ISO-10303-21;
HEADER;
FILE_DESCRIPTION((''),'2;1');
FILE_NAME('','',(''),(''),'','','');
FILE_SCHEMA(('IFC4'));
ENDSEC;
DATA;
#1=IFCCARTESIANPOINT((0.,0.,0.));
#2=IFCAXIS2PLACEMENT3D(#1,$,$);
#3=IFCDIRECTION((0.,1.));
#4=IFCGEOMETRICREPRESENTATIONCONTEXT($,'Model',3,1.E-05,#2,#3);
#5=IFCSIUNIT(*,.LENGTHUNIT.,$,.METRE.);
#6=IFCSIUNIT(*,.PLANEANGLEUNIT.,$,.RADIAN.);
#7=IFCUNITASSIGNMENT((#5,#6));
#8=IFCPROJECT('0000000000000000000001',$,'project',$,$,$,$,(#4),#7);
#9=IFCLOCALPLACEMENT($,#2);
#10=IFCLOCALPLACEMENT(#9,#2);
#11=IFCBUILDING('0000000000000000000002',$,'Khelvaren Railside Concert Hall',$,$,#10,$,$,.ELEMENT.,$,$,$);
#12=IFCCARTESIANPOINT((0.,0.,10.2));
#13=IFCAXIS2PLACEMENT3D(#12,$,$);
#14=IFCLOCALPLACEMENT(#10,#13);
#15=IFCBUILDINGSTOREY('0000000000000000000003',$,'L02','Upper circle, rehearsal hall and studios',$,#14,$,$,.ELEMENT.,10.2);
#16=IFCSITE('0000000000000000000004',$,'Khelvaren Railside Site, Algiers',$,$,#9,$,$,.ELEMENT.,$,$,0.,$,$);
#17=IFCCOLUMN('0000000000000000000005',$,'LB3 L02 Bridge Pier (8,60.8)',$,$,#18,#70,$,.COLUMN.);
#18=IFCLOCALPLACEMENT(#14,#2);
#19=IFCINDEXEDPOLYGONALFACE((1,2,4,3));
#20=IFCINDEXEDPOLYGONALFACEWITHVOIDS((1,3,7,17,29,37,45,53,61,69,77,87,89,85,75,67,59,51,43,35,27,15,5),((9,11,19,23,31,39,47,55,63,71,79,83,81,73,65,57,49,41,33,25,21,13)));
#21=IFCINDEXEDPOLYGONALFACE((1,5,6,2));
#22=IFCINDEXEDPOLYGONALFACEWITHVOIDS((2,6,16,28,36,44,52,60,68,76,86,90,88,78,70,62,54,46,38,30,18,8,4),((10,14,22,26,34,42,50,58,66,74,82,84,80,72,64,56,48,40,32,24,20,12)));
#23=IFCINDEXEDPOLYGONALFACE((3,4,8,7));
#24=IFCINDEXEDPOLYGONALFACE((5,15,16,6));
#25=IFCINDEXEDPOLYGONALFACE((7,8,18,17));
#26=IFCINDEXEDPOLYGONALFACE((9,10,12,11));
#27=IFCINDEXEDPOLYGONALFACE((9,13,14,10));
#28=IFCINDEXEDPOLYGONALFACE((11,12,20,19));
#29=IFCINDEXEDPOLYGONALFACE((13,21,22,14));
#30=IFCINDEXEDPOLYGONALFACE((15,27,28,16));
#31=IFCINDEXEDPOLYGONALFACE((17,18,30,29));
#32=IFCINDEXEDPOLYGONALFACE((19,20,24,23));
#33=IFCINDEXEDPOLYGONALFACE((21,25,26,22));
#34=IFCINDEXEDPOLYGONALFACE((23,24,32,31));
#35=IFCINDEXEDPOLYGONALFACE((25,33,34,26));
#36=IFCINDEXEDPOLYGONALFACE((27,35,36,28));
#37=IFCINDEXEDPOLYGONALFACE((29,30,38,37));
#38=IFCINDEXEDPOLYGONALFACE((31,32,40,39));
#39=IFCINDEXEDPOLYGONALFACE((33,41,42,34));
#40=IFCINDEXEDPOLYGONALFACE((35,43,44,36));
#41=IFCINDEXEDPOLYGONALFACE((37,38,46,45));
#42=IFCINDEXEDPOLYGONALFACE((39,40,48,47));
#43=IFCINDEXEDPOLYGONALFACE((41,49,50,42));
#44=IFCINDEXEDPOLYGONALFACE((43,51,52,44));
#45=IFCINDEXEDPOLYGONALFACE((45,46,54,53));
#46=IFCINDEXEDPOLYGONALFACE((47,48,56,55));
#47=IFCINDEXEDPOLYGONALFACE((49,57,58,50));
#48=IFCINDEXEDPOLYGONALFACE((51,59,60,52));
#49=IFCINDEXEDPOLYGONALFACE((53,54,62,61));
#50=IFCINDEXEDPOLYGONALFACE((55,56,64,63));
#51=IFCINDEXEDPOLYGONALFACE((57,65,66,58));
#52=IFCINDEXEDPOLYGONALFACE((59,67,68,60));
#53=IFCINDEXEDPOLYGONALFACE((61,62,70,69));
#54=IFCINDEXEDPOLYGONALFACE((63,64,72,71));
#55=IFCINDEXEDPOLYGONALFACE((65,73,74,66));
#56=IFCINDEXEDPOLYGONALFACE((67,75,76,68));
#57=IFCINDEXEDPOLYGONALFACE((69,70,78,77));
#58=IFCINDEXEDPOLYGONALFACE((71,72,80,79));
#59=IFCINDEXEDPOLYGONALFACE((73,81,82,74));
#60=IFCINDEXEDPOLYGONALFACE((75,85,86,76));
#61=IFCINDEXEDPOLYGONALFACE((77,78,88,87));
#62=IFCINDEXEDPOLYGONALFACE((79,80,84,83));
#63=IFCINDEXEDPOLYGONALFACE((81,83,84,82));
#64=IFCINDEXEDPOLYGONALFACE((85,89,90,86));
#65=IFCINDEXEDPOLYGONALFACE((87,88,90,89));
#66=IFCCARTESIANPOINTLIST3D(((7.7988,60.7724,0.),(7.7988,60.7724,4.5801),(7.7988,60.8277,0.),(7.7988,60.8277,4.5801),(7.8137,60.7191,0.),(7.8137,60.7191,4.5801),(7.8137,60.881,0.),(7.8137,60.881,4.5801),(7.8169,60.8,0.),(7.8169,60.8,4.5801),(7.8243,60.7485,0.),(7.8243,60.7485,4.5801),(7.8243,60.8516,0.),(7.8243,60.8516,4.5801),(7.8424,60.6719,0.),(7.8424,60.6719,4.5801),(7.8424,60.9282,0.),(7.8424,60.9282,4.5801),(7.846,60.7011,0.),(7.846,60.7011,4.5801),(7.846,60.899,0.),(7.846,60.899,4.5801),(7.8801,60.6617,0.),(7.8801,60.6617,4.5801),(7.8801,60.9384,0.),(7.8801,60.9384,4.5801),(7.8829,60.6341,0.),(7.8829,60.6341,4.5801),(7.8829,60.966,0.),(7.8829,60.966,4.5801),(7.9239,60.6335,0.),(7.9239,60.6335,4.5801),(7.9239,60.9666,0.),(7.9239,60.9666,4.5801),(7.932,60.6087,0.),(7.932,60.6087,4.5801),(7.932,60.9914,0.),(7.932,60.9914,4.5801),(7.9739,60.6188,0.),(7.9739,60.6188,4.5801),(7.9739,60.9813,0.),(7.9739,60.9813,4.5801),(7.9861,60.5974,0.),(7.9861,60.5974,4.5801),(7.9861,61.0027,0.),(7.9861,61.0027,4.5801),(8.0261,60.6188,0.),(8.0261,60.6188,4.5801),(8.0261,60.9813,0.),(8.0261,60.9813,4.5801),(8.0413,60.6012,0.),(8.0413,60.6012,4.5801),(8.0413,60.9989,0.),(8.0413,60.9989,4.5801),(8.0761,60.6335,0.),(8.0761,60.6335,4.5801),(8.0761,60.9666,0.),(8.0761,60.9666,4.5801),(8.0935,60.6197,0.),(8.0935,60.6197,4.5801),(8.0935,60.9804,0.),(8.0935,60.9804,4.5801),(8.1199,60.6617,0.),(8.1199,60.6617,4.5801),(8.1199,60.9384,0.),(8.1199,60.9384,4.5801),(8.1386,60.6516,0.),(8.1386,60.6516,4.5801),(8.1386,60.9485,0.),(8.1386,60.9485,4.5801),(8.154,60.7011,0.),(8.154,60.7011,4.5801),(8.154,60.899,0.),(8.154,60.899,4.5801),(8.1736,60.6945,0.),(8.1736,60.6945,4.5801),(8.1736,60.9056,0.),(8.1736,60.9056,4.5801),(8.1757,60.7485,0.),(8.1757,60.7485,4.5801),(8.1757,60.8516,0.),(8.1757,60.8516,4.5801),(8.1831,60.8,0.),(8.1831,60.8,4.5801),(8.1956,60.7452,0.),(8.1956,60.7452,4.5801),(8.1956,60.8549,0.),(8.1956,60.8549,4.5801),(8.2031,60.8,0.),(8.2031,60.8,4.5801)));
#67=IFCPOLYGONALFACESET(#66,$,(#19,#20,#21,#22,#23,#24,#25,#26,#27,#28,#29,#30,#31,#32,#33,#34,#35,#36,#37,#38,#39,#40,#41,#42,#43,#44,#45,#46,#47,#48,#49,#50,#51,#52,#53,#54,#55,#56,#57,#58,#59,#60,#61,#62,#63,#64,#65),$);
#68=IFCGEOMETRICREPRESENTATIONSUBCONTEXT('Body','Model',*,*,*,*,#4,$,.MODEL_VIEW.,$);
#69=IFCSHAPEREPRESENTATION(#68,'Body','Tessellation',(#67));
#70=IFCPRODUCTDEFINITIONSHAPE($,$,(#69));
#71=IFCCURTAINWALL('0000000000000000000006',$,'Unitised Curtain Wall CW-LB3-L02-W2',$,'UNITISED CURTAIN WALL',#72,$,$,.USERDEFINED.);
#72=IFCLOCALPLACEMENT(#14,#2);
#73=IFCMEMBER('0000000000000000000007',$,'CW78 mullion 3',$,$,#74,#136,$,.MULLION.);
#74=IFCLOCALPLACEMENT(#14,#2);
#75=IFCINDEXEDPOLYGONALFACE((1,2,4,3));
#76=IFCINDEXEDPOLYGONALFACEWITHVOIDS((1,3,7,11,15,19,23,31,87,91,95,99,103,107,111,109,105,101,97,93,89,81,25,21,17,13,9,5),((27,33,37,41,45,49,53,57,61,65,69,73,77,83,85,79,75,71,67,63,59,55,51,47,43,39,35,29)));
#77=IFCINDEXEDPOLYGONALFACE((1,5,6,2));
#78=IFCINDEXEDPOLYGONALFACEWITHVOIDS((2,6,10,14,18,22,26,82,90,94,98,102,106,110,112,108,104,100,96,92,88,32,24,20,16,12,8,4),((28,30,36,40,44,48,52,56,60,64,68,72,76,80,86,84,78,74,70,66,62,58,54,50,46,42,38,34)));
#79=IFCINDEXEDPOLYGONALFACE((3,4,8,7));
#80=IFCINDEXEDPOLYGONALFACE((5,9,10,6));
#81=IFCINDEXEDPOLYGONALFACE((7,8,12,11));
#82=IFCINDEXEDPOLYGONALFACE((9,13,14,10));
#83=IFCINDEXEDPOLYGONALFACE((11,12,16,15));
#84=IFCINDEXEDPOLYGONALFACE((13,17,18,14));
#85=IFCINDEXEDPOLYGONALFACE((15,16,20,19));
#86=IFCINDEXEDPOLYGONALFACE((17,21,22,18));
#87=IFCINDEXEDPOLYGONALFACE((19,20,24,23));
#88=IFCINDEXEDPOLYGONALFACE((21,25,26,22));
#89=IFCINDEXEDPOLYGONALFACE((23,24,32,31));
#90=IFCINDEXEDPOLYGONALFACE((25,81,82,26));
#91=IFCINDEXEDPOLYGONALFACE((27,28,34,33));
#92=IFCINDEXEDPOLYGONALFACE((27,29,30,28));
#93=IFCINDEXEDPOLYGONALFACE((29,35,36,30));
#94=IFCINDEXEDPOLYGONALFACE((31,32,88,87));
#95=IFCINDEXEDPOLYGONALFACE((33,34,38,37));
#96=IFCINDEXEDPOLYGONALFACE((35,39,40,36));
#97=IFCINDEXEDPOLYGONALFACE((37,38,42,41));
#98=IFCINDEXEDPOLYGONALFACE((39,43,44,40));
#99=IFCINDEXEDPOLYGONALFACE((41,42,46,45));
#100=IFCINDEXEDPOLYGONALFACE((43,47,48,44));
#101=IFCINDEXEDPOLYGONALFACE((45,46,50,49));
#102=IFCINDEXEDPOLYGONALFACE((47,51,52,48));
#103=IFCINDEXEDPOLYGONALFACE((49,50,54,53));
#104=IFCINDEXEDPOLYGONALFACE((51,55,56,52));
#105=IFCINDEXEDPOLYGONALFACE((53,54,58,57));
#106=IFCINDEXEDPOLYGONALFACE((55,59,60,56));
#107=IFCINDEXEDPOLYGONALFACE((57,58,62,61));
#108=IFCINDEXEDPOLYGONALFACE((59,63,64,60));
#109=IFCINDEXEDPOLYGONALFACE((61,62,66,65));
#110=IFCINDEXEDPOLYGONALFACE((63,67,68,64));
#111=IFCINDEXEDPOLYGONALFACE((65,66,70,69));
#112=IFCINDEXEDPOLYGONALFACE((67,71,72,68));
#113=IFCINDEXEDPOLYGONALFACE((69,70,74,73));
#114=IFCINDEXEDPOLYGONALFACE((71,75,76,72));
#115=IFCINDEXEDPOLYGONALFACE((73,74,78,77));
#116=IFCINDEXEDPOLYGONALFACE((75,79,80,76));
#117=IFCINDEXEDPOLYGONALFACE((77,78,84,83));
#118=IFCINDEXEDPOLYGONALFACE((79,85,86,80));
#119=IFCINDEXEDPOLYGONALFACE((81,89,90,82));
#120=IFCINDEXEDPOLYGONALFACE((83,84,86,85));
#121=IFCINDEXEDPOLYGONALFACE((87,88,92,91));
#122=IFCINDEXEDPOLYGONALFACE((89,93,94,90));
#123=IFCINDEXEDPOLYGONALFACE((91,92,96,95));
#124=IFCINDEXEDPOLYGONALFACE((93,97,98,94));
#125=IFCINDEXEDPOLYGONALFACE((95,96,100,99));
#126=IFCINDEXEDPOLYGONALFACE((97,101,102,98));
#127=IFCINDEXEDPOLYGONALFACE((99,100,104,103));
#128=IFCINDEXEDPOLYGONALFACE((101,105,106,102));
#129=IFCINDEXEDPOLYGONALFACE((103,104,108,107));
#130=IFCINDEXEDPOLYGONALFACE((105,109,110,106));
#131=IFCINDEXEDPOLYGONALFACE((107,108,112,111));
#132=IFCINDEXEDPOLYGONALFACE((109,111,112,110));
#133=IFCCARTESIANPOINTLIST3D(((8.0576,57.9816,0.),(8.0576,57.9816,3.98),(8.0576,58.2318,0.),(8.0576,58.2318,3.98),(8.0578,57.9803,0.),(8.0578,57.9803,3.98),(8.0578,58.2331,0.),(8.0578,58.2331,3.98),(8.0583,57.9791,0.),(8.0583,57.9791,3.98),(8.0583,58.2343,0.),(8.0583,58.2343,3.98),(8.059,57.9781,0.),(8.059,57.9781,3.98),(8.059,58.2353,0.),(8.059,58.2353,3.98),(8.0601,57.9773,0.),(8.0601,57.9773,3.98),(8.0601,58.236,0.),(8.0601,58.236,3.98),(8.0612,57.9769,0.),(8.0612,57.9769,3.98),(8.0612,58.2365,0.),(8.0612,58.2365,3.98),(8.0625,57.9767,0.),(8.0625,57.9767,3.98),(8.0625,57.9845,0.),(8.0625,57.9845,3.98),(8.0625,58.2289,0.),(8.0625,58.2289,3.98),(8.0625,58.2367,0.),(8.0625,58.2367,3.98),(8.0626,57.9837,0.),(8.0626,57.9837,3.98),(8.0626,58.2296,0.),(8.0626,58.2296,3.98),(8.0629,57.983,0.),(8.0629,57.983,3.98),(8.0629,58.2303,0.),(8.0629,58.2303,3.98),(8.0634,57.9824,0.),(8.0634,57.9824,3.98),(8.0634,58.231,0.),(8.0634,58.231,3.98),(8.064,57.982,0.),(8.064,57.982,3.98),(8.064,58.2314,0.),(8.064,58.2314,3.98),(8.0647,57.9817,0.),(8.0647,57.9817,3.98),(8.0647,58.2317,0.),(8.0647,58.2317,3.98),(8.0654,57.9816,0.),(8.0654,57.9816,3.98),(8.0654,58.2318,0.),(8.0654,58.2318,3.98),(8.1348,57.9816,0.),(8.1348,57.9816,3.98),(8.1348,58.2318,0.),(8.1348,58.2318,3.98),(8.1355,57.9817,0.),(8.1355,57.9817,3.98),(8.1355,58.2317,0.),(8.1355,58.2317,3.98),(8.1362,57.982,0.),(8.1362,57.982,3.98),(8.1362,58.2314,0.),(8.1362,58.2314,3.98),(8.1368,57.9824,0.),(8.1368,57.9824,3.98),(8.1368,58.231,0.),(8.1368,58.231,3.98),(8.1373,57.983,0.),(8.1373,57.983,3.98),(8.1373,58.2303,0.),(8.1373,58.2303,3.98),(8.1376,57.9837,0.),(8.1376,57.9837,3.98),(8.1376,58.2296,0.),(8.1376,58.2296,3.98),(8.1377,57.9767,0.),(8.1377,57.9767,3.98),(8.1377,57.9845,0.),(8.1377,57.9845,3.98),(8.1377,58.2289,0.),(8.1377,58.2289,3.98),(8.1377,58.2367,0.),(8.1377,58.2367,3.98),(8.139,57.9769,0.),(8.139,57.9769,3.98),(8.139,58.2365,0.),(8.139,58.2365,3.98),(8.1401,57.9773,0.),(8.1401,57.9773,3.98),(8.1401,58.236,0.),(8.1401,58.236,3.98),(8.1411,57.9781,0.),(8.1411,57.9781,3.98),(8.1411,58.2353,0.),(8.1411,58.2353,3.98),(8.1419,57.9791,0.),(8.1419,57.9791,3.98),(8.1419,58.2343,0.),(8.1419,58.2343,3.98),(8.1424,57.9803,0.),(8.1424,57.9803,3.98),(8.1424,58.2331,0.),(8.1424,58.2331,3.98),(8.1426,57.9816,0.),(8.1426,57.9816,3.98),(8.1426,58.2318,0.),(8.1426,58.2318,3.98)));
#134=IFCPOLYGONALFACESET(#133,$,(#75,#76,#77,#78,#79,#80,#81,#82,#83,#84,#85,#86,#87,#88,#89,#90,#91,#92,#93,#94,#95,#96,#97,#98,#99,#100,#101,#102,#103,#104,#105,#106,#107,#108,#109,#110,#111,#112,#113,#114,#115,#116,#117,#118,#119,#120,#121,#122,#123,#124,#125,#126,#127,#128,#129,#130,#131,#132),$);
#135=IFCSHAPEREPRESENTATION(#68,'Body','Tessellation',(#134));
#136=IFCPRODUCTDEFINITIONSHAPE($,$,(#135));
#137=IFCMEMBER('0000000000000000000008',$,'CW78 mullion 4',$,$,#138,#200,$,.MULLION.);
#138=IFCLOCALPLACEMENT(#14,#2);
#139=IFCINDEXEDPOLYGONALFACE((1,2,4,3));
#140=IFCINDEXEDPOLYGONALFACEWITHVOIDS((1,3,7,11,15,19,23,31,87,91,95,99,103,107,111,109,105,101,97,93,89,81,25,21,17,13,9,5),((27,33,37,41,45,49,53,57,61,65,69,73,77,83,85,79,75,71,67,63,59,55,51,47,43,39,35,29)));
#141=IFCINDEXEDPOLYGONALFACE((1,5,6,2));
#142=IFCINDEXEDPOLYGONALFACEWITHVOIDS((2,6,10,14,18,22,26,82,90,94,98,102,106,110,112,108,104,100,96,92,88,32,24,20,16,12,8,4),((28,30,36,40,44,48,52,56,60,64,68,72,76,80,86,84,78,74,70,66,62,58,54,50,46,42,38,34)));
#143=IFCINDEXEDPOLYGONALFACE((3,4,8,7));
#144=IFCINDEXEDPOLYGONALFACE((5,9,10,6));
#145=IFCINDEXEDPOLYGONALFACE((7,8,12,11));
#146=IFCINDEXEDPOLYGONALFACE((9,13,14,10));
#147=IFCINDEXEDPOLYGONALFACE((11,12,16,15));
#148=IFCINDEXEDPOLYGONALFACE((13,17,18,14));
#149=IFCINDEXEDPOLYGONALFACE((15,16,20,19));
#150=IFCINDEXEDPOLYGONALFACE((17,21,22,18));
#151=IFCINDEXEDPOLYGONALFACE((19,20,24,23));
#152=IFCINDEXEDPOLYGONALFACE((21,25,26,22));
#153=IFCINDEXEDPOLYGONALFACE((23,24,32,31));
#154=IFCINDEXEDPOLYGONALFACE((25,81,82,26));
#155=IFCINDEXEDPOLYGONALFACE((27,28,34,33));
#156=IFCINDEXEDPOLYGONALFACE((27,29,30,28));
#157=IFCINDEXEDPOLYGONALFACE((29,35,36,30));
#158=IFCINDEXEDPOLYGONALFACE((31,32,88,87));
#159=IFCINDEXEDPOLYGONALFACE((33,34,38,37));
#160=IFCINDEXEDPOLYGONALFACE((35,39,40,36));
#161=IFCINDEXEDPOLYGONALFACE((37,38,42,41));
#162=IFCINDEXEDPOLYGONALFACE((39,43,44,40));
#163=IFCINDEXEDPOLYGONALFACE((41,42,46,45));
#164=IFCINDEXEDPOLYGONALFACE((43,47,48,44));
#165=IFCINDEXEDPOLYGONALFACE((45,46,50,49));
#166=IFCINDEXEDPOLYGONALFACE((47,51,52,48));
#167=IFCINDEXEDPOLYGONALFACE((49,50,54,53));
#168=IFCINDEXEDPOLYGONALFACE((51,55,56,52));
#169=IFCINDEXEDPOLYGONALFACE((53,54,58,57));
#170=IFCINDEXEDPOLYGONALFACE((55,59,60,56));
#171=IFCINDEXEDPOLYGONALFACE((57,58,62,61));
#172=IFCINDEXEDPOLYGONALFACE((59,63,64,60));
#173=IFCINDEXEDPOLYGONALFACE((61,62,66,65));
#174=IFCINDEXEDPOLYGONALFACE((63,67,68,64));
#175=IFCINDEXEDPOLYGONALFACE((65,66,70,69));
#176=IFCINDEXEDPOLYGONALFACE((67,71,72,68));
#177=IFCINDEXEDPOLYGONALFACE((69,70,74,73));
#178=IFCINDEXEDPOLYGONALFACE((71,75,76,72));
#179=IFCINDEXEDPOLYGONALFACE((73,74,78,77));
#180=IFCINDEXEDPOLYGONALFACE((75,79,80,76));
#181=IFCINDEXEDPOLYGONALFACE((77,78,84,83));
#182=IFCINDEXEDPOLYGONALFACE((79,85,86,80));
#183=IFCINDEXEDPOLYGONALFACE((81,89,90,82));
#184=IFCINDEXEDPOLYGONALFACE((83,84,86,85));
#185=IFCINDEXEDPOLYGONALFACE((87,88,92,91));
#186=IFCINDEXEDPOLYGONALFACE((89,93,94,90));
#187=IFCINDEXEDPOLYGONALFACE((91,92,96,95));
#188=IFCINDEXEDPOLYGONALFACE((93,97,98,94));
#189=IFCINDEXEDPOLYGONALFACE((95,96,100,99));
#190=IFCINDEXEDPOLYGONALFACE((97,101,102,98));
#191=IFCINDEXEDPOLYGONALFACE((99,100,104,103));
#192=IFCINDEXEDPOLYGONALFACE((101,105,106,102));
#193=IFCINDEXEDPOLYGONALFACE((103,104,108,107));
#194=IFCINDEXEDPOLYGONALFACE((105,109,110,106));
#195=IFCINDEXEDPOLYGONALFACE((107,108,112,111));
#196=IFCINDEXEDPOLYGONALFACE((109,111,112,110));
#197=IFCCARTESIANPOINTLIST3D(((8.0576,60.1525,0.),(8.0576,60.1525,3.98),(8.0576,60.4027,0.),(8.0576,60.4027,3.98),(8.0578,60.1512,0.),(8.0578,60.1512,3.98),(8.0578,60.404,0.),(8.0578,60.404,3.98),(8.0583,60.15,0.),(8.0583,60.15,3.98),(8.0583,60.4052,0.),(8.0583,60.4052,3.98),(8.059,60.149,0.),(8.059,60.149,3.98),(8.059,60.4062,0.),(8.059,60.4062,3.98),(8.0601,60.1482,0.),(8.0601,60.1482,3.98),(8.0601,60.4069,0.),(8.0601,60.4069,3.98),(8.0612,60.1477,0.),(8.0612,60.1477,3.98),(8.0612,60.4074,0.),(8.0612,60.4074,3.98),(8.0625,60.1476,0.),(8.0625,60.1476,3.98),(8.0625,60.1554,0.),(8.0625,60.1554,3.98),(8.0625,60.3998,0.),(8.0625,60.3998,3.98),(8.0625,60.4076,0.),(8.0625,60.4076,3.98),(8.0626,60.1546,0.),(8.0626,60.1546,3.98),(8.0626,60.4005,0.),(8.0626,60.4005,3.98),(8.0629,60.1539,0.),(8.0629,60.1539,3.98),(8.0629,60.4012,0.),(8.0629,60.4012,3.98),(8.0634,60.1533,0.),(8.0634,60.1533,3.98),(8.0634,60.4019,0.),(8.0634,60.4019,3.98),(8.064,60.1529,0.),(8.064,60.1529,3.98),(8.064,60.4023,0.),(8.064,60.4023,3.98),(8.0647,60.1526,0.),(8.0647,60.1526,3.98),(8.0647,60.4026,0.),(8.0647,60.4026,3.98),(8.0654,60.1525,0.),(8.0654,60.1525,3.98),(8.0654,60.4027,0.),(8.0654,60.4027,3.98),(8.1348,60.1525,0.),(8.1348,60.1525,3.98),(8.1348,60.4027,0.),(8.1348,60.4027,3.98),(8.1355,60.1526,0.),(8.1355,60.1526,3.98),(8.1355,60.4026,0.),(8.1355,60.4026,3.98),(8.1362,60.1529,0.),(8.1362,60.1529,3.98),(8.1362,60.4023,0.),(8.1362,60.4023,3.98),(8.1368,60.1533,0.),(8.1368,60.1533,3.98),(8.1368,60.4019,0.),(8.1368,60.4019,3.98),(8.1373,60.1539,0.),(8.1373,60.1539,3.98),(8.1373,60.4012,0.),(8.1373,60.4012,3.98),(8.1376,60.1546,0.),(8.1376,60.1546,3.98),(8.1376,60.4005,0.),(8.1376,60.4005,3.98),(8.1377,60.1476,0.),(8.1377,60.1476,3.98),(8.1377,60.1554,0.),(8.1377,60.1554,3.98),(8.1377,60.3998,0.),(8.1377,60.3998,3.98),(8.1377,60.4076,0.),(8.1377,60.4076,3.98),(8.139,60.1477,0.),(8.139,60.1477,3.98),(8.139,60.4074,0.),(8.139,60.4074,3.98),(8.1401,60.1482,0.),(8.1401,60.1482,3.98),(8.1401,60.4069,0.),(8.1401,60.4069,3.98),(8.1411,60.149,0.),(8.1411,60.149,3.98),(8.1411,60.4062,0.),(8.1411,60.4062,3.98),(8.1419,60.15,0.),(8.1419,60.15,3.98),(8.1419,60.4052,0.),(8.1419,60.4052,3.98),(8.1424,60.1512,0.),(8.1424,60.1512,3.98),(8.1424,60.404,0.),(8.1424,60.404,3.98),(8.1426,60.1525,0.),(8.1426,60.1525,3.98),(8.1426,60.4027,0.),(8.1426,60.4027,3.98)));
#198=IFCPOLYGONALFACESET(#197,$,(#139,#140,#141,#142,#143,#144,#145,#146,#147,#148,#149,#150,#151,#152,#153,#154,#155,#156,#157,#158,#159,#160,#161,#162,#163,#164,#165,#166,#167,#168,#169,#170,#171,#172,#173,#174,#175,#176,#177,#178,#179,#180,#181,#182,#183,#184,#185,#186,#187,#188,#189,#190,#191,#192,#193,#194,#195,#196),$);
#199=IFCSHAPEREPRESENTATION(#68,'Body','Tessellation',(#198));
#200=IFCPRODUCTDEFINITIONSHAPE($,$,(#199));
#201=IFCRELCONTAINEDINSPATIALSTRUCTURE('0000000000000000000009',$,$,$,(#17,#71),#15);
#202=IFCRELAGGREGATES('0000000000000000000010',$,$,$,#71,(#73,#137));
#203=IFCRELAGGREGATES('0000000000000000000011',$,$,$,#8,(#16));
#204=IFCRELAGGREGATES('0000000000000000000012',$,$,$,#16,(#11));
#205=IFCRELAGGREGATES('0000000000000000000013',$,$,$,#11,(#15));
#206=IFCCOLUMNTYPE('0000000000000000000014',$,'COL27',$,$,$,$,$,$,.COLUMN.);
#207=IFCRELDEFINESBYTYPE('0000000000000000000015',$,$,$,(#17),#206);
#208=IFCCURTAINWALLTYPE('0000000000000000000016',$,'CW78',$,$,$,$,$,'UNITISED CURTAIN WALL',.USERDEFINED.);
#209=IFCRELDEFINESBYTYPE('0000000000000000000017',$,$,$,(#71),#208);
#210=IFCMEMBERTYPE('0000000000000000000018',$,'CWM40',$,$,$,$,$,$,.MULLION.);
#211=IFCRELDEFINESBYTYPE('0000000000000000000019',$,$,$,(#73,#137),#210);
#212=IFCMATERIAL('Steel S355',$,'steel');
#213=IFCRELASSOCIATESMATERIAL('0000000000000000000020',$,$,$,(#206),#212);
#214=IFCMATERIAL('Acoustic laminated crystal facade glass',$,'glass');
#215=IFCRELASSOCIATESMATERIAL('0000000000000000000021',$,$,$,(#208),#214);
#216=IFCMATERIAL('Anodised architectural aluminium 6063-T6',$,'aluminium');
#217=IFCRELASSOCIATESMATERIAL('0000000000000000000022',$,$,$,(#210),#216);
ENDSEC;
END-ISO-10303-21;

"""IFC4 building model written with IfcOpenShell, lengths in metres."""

from ifc_helpers import new_model, si_unit, direction, frame, origin, origin_2d, place, context, subcontext, project, spatial, hollow_rectangle, hollow_circle, extrude, material, material_profile, profile_set, type_object, element, aggregate, save


model = new_model("IFC4")

# Units and contexts
model_context = context("Model", 3, precision=1e-05, world=origin(), true_north=direction((0.0, 1.0)))
body_context = subcontext(model_context, "Body", "Model", "MODEL_VIEW")
ifc_project = project(units=[si_unit("LENGTHUNIT", "METRE"), si_unit("PLANEANGLEUNIT", "RADIAN")], contexts=[model_context])

# Site, building, storey
site_placement = place(None, origin())
site = spatial("IfcSite", under=ifc_project, at=site_placement, Name="Khelvaren Railside Site, Algiers", CompositionType="ELEMENT", RefElevation=0.0)
building_placement = place(site_placement, origin())
building = spatial("IfcBuilding", under=site, at=building_placement, Name="Khelvaren Railside Concert Hall", CompositionType="ELEMENT")
storey_placement = place(building_placement, frame((0.0, 0.0, 10.2)))
storey = spatial("IfcBuildingStorey", under=building, at=storey_placement, Name="L02", Description="Upper circle, rehearsal hall and studios", CompositionType="ELEMENT", Elevation=10.2)

# Column
ifc_material_1 = material(Name="Steel S355", Category="steel")
ifc_material_profile_1 = material_profile(ifc_material_1, hollow_circle(Radius=0.2031, WallThickness=0.02, at=origin_2d()), Name="CHS 406.4x20")
ifc_profile_set_1 = profile_set([ifc_material_profile_1], Name="Steel S355")
column_type = type_object("IfcColumnType", Name="COL27", PredefinedType="COLUMN", material=ifc_profile_set_1)
column_placement = place(storey_placement, frame((8.0, 60.8, 0.0), z_axis=(0.0, 0.0, 1.0), x_axis=(1.0, 0.0, 0.0)))
element("IfcColumn", 1, at=column_placement, inside=storey, type_object=column_type, Name="LB3 L02 Bridge Pier (8,60.8)", PredefinedType="COLUMN", context=body_context, shape_type="SweptSolid", body=[
    extrude(hollow_circle(Radius=0.2031, WallThickness=0.02, at=origin_2d()), origin(), (0.0, 0.0, 1.0), 4.5801),
])

# Curtain wall, members
ifc_material_2 = material(Name="Acoustic laminated crystal facade glass", Category="glass")
curtain_wall_type = type_object("IfcCurtainWallType", Name="CW78", ElementType="UNITISED CURTAIN WALL", PredefinedType="USERDEFINED", material=ifc_material_2)
curtain_wall_1_placement = place(storey_placement, origin())
curtain_wall_1 = element("IfcCurtainWall", 2, at=curtain_wall_1_placement, inside=storey, type_object=curtain_wall_type, Name="Unitised Curtain Wall CW-LB3-L02-W2", ObjectType="UNITISED CURTAIN WALL", PredefinedType="USERDEFINED")
ifc_material_3 = material(Name="Anodised architectural aluminium 6063-T6", Category="aluminium")
ifc_material_profile_2 = material_profile(ifc_material_3, hollow_rectangle(XDim=0.085, YDim=0.26, WallThickness=0.0049, InnerFilletRadius=0.0029, OuterFilletRadius=0.0049, at=origin_2d()), Name="CWM 85x260x5")
ifc_profile_set_2 = profile_set([ifc_material_profile_2], Name="Anodised architectural aluminium 6063-T6")
member_type_1 = type_object("IfcMemberType", Name="CWM40", PredefinedType="MULLION", material=ifc_profile_set_2)
member_1_placement = place(storey_placement, frame((8.1001, 58.1067, 0.0), z_axis=(0.0, 0.0, 1.0), x_axis=(-1.0, 0.0, 0.0)))
member_1 = element("IfcMember", 3, at=member_1_placement, type_object=member_type_1, Name="CW78 mullion 3", PredefinedType="MULLION", context=body_context, shape_type="SweptSolid", body=[
    extrude(hollow_rectangle(XDim=0.085, YDim=0.26, WallThickness=0.0049, InnerFilletRadius=0.0029, OuterFilletRadius=0.0049, at=origin_2d()), origin(), (0.0, 0.0, 1.0), 3.98),
])
member_2_placement = place(storey_placement, frame((8.1001, 60.2776, 0.0), z_axis=(0.0, 0.0, 1.0), x_axis=(-1.0, 0.0, 0.0)))
member_2 = element("IfcMember", 4, at=member_2_placement, type_object=member_type_1, Name="CW78 mullion 4", PredefinedType="MULLION", context=body_context, shape_type="SweptSolid", body=[
    extrude(hollow_rectangle(XDim=0.085, YDim=0.26, WallThickness=0.0049, InnerFilletRadius=0.0029, OuterFilletRadius=0.0049, at=origin_2d()), origin(), (0.0, 0.0, 1.0), 3.98),
])

aggregate(curtain_wall_1, [member_1, member_2])

save(model, "model.ifc")
